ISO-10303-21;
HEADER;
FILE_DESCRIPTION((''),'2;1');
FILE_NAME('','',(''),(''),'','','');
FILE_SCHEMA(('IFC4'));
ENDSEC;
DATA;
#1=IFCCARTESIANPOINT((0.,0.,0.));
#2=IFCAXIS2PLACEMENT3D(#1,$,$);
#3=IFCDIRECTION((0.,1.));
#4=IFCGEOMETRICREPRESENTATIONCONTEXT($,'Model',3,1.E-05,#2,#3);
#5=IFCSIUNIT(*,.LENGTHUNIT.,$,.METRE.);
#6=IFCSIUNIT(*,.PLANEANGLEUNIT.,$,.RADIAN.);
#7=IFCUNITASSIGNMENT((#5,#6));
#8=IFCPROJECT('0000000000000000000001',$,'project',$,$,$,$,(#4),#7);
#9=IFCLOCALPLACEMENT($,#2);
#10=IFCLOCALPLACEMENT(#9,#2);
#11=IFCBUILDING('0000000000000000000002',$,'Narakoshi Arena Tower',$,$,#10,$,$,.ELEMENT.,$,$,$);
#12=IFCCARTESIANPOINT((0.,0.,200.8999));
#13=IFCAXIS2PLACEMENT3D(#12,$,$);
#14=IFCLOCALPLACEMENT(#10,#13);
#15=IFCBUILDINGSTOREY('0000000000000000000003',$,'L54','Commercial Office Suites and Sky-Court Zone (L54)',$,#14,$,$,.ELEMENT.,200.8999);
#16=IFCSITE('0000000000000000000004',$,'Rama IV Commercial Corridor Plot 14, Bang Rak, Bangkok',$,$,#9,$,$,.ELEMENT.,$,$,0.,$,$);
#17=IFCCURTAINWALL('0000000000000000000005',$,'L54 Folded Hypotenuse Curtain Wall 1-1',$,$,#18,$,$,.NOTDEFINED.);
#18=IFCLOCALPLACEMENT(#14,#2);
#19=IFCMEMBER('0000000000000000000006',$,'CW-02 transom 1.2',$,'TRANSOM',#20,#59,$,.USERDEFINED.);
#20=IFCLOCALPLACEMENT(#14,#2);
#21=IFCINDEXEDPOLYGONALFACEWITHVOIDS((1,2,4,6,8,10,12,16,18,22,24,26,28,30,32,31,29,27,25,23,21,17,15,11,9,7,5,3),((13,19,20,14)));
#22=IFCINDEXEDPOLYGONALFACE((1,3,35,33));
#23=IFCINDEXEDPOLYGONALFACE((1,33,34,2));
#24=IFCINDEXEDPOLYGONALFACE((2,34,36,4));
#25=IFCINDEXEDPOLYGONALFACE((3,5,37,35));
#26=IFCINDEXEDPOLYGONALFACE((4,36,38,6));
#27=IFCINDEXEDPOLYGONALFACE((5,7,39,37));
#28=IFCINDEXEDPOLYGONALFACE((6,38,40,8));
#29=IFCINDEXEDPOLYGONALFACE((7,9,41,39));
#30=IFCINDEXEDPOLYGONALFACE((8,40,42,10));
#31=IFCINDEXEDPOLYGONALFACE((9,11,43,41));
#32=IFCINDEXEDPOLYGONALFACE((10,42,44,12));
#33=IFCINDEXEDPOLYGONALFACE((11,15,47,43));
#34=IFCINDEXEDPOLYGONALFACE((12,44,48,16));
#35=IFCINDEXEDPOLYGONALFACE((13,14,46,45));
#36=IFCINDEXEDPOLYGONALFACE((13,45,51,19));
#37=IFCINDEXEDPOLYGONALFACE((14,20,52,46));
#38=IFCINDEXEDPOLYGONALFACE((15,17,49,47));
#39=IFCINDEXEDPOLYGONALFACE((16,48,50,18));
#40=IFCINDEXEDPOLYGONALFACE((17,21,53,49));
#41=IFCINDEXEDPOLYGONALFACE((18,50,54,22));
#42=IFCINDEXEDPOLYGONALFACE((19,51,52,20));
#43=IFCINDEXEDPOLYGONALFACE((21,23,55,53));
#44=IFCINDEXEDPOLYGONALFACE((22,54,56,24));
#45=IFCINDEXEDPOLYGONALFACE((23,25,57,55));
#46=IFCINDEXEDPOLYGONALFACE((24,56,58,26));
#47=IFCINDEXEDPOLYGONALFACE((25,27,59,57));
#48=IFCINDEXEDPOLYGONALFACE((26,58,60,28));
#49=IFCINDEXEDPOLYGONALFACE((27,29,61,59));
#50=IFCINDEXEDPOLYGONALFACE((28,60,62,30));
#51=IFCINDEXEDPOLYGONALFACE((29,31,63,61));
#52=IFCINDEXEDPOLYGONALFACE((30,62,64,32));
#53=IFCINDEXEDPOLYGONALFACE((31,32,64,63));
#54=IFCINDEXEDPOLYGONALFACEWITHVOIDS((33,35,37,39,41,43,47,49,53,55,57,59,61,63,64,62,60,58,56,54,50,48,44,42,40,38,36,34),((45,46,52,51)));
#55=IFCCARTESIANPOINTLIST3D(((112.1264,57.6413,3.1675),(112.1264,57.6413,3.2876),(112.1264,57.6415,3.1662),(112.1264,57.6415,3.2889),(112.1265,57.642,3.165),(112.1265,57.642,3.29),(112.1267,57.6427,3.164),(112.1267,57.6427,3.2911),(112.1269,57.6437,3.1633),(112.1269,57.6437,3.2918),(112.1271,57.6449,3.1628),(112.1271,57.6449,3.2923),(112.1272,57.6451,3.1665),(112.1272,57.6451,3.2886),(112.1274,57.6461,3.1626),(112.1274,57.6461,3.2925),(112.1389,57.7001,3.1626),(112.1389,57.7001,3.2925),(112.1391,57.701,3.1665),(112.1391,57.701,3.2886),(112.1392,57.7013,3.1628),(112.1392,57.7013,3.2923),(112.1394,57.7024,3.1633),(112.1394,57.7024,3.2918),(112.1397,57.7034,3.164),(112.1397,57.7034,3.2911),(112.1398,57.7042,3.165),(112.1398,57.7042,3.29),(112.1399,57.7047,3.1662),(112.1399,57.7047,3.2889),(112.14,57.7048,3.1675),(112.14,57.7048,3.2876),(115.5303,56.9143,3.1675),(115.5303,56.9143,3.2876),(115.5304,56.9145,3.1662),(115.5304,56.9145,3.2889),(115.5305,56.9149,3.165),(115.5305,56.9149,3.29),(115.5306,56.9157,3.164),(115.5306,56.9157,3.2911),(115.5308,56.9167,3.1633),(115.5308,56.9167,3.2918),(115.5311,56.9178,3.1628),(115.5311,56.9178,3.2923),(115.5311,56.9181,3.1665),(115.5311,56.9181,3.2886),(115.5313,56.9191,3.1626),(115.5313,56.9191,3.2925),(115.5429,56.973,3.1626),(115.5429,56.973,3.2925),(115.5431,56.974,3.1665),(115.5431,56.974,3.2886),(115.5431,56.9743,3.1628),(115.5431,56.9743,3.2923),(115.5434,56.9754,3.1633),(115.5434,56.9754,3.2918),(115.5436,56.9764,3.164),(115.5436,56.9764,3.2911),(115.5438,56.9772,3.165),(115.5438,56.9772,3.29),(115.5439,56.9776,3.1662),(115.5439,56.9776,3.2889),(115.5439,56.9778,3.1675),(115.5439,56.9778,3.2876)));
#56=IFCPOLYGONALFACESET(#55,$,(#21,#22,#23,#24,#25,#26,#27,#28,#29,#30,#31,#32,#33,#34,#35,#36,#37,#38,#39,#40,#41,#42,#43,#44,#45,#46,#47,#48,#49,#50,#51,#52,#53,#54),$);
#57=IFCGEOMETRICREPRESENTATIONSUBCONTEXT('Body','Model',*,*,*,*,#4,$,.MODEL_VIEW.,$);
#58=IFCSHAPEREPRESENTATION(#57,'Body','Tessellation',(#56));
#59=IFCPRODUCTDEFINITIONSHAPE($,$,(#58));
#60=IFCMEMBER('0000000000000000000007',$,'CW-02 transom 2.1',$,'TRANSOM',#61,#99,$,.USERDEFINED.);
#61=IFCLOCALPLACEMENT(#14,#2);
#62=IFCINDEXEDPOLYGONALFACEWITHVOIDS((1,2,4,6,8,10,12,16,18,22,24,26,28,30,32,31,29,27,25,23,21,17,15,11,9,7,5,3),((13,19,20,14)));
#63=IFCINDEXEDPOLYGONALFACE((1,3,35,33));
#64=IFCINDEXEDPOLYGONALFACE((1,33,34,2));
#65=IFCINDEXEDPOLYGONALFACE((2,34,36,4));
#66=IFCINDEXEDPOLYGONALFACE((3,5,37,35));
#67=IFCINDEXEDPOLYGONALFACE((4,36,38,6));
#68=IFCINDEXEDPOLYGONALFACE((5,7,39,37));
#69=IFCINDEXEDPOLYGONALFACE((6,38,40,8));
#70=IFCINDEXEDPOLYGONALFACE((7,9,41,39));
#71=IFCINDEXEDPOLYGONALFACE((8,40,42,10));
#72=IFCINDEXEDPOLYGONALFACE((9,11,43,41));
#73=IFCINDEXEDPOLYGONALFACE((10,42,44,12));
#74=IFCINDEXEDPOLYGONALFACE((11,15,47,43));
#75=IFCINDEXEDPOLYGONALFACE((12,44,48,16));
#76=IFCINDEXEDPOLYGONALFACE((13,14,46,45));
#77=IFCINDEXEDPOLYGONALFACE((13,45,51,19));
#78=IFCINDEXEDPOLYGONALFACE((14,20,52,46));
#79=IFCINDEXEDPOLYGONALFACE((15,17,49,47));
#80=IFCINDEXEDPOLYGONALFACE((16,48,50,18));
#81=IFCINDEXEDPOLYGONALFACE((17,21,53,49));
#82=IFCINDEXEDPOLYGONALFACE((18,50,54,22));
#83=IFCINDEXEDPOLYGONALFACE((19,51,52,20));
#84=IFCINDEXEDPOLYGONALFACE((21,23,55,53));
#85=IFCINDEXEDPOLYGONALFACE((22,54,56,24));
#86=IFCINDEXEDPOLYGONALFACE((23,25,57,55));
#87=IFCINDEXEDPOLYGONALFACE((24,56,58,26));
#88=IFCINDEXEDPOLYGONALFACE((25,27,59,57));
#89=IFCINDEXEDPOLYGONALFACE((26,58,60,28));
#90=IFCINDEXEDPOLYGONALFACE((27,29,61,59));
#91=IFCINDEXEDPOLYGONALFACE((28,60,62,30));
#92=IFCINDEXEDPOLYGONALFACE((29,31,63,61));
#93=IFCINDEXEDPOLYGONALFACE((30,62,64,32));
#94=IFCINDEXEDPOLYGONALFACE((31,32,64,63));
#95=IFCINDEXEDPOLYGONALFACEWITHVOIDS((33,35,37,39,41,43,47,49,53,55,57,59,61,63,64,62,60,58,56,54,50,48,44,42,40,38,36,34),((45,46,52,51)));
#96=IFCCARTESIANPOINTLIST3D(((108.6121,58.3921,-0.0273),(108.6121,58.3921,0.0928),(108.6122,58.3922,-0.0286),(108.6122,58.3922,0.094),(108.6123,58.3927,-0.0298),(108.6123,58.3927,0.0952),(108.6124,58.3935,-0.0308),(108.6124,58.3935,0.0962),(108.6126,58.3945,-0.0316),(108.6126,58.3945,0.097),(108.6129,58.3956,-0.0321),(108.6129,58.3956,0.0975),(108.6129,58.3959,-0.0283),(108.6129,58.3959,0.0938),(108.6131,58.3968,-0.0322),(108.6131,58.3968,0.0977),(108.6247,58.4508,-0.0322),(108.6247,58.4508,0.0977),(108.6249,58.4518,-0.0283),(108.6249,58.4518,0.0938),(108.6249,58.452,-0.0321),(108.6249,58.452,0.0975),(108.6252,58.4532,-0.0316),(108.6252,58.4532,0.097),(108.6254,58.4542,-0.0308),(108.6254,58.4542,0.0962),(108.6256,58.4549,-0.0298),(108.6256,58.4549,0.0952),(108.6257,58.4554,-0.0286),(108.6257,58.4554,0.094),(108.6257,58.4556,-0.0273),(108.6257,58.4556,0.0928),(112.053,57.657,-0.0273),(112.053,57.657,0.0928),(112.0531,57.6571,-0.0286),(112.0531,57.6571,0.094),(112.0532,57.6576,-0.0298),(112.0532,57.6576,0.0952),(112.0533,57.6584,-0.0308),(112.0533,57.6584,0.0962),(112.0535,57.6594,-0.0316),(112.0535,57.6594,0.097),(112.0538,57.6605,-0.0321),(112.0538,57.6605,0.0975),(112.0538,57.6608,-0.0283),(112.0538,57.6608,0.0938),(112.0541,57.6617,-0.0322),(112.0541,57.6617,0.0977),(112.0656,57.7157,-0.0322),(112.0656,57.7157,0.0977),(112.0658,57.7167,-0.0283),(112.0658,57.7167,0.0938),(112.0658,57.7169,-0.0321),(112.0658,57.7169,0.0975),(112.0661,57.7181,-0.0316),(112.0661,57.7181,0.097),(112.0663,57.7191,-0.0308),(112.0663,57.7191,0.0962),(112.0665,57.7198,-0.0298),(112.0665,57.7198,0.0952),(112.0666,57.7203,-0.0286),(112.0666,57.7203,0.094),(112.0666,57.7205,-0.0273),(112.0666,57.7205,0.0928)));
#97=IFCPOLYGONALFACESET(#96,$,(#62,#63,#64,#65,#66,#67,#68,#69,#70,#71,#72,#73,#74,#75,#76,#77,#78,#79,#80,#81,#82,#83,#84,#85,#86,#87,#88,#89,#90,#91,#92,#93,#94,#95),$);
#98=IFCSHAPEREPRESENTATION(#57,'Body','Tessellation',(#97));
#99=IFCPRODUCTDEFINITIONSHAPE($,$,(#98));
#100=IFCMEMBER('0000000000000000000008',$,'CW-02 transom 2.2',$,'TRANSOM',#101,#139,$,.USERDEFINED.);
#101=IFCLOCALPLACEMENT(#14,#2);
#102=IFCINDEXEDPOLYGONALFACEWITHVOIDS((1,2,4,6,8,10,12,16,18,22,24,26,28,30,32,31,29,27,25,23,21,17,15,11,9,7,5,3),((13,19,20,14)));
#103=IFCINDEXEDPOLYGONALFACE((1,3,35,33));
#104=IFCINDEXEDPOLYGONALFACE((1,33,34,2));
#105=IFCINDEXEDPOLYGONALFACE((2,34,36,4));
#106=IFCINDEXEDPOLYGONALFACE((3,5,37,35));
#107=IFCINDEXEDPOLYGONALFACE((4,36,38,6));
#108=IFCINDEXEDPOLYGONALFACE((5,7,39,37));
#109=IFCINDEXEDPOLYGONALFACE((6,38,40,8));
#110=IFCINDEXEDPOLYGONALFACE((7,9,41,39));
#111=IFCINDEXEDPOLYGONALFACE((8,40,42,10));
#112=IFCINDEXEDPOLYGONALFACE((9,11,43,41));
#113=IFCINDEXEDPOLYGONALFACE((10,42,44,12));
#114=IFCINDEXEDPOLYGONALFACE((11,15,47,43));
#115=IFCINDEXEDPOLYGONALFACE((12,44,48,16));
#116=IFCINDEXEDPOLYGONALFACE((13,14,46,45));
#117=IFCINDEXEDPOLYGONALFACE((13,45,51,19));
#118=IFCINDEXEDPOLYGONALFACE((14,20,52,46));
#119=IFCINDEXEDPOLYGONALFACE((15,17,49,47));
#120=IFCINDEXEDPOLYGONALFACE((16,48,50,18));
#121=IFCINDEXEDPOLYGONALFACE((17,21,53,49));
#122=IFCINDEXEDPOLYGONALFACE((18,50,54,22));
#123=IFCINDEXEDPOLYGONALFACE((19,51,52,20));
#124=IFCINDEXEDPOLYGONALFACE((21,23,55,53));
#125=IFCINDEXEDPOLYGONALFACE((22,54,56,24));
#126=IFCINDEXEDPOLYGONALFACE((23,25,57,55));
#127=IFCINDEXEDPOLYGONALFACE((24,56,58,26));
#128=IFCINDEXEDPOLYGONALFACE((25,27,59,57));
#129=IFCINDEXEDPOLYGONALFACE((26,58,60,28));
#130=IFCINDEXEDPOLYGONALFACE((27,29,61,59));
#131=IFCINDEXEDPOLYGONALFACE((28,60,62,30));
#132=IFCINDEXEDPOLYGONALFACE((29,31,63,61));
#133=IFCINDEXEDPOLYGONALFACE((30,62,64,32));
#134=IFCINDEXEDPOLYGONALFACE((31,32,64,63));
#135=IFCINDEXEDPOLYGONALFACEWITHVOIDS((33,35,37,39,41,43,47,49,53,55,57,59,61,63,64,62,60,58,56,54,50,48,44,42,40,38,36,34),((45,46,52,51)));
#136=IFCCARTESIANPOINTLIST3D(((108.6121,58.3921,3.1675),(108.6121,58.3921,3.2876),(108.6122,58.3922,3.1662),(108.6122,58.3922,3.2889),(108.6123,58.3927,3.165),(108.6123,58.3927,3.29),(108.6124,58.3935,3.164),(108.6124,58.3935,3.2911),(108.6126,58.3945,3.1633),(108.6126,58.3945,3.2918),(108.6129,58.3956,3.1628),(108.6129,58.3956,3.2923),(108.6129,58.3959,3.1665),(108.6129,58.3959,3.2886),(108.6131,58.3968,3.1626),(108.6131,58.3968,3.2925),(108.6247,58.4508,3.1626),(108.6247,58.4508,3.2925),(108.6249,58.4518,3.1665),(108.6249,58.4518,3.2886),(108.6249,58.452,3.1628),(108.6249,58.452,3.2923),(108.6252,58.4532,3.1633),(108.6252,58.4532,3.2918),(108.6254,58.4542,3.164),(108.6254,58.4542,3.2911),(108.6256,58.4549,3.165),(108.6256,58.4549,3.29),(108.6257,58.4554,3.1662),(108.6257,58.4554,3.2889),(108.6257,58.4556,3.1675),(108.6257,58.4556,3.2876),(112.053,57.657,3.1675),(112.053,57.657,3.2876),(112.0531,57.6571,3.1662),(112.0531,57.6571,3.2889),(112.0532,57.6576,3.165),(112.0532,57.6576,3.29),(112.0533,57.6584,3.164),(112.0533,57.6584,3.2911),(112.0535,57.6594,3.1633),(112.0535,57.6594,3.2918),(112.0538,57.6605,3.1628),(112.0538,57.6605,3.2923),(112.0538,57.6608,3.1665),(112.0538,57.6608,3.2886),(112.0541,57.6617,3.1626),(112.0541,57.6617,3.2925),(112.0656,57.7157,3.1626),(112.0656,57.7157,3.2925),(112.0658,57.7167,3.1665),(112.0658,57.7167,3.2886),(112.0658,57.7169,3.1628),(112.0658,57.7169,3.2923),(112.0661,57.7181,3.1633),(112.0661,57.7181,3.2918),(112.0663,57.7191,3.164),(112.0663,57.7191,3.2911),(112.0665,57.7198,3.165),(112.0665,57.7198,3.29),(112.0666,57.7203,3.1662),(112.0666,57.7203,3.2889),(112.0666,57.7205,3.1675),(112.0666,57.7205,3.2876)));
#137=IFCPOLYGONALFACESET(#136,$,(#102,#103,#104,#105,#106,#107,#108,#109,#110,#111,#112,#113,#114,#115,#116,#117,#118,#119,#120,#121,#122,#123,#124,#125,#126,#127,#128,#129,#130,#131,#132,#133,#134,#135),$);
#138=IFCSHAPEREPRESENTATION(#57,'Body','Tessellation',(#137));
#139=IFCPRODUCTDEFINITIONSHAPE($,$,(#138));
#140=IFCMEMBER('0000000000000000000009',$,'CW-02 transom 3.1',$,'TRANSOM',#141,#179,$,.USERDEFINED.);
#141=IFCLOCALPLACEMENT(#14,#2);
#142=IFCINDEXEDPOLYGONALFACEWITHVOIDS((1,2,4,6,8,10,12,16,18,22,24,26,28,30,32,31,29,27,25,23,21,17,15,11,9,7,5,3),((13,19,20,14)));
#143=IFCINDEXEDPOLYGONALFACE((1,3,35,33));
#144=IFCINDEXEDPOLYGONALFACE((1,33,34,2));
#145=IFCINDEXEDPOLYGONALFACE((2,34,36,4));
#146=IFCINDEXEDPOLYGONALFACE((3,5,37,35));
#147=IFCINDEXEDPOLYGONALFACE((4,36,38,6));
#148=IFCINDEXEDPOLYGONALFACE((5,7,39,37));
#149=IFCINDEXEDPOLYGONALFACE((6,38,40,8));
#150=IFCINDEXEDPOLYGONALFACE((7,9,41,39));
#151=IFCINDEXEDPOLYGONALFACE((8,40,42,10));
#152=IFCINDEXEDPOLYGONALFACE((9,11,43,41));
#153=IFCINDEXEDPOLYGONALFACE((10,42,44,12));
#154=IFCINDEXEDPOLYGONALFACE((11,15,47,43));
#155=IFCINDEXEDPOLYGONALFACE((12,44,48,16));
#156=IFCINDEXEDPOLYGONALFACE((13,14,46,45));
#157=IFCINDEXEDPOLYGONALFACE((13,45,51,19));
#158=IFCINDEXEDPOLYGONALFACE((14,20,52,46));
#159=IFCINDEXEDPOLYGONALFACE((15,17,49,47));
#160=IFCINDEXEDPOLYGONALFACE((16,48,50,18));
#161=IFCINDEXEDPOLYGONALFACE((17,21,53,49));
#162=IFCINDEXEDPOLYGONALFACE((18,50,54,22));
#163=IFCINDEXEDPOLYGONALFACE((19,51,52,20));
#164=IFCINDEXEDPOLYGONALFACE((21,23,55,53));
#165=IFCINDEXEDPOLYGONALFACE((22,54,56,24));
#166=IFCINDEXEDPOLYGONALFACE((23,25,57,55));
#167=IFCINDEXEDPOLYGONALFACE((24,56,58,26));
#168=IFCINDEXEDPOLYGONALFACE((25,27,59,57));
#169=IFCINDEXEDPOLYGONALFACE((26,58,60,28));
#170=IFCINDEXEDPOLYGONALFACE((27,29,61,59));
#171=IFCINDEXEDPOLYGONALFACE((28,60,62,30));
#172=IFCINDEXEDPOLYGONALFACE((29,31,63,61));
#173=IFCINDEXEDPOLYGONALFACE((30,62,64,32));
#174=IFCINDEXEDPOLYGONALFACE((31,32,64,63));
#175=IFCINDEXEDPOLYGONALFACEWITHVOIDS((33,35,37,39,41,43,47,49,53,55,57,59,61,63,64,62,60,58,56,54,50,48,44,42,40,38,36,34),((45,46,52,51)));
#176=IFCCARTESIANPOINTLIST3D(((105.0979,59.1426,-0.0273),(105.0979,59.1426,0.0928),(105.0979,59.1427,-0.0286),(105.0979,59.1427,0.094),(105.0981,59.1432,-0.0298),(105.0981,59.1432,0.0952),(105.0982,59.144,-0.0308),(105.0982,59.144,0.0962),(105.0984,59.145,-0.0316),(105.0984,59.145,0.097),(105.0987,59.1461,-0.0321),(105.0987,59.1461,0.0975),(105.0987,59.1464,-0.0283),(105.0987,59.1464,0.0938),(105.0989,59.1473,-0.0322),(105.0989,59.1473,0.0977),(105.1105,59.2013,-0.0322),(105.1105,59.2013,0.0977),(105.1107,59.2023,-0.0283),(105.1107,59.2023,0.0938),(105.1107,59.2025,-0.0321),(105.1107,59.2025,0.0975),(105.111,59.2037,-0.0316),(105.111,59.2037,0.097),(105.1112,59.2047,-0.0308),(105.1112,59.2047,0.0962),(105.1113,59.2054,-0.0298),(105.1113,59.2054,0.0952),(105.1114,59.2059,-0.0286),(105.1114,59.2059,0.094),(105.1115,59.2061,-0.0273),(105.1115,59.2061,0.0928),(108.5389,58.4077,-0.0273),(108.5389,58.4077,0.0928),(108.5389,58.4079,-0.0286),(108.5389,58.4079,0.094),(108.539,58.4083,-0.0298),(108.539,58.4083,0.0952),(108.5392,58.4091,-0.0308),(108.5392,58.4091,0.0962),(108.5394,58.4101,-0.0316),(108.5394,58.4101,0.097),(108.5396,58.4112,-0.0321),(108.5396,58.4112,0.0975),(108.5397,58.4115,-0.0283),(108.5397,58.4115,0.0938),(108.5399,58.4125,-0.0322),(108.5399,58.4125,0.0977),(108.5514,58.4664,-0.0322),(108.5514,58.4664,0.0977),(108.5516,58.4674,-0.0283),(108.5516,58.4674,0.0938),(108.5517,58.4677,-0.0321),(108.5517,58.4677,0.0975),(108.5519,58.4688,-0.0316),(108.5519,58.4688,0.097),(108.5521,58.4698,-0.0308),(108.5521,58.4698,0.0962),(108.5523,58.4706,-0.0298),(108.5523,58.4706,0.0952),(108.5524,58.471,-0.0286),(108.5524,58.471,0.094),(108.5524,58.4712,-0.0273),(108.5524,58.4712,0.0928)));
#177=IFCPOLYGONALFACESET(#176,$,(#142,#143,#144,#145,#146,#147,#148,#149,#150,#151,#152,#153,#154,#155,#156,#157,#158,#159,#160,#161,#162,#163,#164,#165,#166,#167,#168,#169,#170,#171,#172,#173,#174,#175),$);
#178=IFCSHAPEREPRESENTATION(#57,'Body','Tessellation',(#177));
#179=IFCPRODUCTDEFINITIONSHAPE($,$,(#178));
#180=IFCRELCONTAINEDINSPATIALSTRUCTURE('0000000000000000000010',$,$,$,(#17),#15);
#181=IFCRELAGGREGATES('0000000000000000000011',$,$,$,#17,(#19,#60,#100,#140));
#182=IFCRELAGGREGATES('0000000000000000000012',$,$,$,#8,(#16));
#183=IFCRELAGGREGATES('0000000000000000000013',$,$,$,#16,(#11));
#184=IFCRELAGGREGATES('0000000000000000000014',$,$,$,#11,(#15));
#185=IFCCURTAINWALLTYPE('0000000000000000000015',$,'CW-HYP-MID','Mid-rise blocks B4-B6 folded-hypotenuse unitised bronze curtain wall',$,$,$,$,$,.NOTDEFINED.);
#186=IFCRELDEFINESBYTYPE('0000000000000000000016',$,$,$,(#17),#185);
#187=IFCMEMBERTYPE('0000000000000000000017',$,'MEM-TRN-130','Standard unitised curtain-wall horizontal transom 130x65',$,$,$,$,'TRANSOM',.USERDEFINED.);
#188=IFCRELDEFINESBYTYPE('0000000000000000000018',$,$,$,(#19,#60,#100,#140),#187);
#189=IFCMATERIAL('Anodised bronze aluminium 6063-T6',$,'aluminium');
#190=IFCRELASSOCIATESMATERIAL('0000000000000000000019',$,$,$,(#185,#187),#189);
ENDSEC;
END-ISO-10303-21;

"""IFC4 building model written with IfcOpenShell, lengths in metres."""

from ifc_helpers import new_model, si_unit, direction, frame, origin, origin_2d, place, context, subcontext, project, spatial, hollow_rectangle, extrude, material, material_profile, profile_set, type_object, element, aggregate, save


model = new_model("IFC4")

# Units and contexts
model_context = context("Model", 3, precision=1e-05, world=origin(), true_north=direction((0.0, 1.0)))
body_context = subcontext(model_context, "Body", "Model", "MODEL_VIEW")
ifc_project = project(units=[si_unit("LENGTHUNIT", "METRE"), si_unit("PLANEANGLEUNIT", "RADIAN")], contexts=[model_context])

# Site, building, storey
site_placement = place(None, origin())
site = spatial("IfcSite", under=ifc_project, at=site_placement, Name="Rama IV Commercial Corridor Plot 14, Bang Rak, Bangkok", CompositionType="ELEMENT", RefElevation=0.0)
building_placement = place(site_placement, origin())
building = spatial("IfcBuilding", under=site, at=building_placement, Name="Narakoshi Arena Tower", CompositionType="ELEMENT")
storey_placement = place(building_placement, frame((0.0, 0.0, 200.8999)))
storey = spatial("IfcBuildingStorey", under=building, at=storey_placement, Name="L54", Description="Commercial Office Suites and Sky-Court Zone (L54)", CompositionType="ELEMENT", Elevation=200.8999)

# Curtain wall, members
ifc_material_1 = material(Name="Anodised bronze aluminium 6063-T6", Category="aluminium")
curtain_wall_type = type_object("IfcCurtainWallType", Name="CW-HYP-MID", Description="Mid-rise blocks B4-B6 folded-hypotenuse unitised bronze curtain wall", PredefinedType="NOTDEFINED", material=ifc_material_1)
curtain_wall_placement = place(storey_placement, origin())
curtain_wall = element("IfcCurtainWall", 1, at=curtain_wall_placement, inside=storey, type_object=curtain_wall_type, Name="L54 Folded Hypotenuse Curtain Wall 1-1", PredefinedType="NOTDEFINED")
ifc_material_profile_1 = material_profile(ifc_material_1, hollow_rectangle(XDim=0.0649, YDim=0.1299, WallThickness=0.0039, OuterFilletRadius=0.0049, at=origin_2d()), Name="TRN130x65x4")
ifc_profile_set_1 = profile_set([ifc_material_profile_1], Name="Anodised bronze aluminium 6063-T6")
member_type_1 = type_object("IfcMemberType", Name="MEM-TRN-130", Description="Standard unitised curtain-wall horizontal transom 130x65", ElementType="TRANSOM", PredefinedType="USERDEFINED", material=ifc_profile_set_1)
member_1_placement = place(storey_placement, frame((115.5371, 56.946, 3.2275), z_axis=(-0.977943, 0.208873, 0.0), x_axis=(-0.208873, -0.977943, 0.0)))
member_1 = element("IfcMember", 2, at=member_1_placement, type_object=member_type_1, Name="CW-02 transom 1.2", ObjectType="TRANSOM", PredefinedType="USERDEFINED", context=body_context, shape_type="SweptSolid", body=[
    extrude(hollow_rectangle(XDim=0.0649, YDim=0.1299, WallThickness=0.0039, OuterFilletRadius=0.0049, at=origin_2d()), origin(), (0.0, 0.0, 1.0), 3.4807),
])
member_2_placement = place(storey_placement, frame((112.0598, 57.6887, 0.0327), z_axis=(-0.977932, 0.208923, 0.0), x_axis=(-0.208923, -0.977932, 0.0)))
member_2 = element("IfcMember", 3, at=member_2_placement, type_object=member_type_1, Name="CW-02 transom 2.1", ObjectType="TRANSOM", PredefinedType="USERDEFINED", context=body_context, shape_type="SweptSolid", body=[
    extrude(hollow_rectangle(XDim=0.0649, YDim=0.1299, WallThickness=0.0039, OuterFilletRadius=0.0049, at=origin_2d()), origin(), (0.0, 0.0, 1.0), 3.5186),
])
member_3_placement = place(storey_placement, frame((112.0598, 57.6887, 3.2275), z_axis=(-0.977932, 0.208923, 0.0), x_axis=(-0.208923, -0.977932, 0.0)))
member_3 = element("IfcMember", 4, at=member_3_placement, type_object=member_type_1, Name="CW-02 transom 2.2", ObjectType="TRANSOM", PredefinedType="USERDEFINED", context=body_context, shape_type="SweptSolid", body=[
    extrude(hollow_rectangle(XDim=0.0649, YDim=0.1299, WallThickness=0.0039, OuterFilletRadius=0.0049, at=origin_2d()), origin(), (0.0, 0.0, 1.0), 3.5186),
])
member_4_placement = place(storey_placement, frame((108.5457, 58.4395, 0.0327), z_axis=(-0.977946, 0.208856, 0.0), x_axis=(-0.208856, -0.977946, 0.0)))
member_4 = element("IfcMember", 5, at=member_4_placement, type_object=member_type_1, Name="CW-02 transom 3.1", ObjectType="TRANSOM", PredefinedType="USERDEFINED", context=body_context, shape_type="SweptSolid", body=[
    extrude(hollow_rectangle(XDim=0.0649, YDim=0.1299, WallThickness=0.0039, OuterFilletRadius=0.0049, at=origin_2d()), origin(), (0.0, 0.0, 1.0), 3.5186),
])
aggregate(curtain_wall, [member_1, member_2, member_3, member_4])

save(model, "model.ifc")
